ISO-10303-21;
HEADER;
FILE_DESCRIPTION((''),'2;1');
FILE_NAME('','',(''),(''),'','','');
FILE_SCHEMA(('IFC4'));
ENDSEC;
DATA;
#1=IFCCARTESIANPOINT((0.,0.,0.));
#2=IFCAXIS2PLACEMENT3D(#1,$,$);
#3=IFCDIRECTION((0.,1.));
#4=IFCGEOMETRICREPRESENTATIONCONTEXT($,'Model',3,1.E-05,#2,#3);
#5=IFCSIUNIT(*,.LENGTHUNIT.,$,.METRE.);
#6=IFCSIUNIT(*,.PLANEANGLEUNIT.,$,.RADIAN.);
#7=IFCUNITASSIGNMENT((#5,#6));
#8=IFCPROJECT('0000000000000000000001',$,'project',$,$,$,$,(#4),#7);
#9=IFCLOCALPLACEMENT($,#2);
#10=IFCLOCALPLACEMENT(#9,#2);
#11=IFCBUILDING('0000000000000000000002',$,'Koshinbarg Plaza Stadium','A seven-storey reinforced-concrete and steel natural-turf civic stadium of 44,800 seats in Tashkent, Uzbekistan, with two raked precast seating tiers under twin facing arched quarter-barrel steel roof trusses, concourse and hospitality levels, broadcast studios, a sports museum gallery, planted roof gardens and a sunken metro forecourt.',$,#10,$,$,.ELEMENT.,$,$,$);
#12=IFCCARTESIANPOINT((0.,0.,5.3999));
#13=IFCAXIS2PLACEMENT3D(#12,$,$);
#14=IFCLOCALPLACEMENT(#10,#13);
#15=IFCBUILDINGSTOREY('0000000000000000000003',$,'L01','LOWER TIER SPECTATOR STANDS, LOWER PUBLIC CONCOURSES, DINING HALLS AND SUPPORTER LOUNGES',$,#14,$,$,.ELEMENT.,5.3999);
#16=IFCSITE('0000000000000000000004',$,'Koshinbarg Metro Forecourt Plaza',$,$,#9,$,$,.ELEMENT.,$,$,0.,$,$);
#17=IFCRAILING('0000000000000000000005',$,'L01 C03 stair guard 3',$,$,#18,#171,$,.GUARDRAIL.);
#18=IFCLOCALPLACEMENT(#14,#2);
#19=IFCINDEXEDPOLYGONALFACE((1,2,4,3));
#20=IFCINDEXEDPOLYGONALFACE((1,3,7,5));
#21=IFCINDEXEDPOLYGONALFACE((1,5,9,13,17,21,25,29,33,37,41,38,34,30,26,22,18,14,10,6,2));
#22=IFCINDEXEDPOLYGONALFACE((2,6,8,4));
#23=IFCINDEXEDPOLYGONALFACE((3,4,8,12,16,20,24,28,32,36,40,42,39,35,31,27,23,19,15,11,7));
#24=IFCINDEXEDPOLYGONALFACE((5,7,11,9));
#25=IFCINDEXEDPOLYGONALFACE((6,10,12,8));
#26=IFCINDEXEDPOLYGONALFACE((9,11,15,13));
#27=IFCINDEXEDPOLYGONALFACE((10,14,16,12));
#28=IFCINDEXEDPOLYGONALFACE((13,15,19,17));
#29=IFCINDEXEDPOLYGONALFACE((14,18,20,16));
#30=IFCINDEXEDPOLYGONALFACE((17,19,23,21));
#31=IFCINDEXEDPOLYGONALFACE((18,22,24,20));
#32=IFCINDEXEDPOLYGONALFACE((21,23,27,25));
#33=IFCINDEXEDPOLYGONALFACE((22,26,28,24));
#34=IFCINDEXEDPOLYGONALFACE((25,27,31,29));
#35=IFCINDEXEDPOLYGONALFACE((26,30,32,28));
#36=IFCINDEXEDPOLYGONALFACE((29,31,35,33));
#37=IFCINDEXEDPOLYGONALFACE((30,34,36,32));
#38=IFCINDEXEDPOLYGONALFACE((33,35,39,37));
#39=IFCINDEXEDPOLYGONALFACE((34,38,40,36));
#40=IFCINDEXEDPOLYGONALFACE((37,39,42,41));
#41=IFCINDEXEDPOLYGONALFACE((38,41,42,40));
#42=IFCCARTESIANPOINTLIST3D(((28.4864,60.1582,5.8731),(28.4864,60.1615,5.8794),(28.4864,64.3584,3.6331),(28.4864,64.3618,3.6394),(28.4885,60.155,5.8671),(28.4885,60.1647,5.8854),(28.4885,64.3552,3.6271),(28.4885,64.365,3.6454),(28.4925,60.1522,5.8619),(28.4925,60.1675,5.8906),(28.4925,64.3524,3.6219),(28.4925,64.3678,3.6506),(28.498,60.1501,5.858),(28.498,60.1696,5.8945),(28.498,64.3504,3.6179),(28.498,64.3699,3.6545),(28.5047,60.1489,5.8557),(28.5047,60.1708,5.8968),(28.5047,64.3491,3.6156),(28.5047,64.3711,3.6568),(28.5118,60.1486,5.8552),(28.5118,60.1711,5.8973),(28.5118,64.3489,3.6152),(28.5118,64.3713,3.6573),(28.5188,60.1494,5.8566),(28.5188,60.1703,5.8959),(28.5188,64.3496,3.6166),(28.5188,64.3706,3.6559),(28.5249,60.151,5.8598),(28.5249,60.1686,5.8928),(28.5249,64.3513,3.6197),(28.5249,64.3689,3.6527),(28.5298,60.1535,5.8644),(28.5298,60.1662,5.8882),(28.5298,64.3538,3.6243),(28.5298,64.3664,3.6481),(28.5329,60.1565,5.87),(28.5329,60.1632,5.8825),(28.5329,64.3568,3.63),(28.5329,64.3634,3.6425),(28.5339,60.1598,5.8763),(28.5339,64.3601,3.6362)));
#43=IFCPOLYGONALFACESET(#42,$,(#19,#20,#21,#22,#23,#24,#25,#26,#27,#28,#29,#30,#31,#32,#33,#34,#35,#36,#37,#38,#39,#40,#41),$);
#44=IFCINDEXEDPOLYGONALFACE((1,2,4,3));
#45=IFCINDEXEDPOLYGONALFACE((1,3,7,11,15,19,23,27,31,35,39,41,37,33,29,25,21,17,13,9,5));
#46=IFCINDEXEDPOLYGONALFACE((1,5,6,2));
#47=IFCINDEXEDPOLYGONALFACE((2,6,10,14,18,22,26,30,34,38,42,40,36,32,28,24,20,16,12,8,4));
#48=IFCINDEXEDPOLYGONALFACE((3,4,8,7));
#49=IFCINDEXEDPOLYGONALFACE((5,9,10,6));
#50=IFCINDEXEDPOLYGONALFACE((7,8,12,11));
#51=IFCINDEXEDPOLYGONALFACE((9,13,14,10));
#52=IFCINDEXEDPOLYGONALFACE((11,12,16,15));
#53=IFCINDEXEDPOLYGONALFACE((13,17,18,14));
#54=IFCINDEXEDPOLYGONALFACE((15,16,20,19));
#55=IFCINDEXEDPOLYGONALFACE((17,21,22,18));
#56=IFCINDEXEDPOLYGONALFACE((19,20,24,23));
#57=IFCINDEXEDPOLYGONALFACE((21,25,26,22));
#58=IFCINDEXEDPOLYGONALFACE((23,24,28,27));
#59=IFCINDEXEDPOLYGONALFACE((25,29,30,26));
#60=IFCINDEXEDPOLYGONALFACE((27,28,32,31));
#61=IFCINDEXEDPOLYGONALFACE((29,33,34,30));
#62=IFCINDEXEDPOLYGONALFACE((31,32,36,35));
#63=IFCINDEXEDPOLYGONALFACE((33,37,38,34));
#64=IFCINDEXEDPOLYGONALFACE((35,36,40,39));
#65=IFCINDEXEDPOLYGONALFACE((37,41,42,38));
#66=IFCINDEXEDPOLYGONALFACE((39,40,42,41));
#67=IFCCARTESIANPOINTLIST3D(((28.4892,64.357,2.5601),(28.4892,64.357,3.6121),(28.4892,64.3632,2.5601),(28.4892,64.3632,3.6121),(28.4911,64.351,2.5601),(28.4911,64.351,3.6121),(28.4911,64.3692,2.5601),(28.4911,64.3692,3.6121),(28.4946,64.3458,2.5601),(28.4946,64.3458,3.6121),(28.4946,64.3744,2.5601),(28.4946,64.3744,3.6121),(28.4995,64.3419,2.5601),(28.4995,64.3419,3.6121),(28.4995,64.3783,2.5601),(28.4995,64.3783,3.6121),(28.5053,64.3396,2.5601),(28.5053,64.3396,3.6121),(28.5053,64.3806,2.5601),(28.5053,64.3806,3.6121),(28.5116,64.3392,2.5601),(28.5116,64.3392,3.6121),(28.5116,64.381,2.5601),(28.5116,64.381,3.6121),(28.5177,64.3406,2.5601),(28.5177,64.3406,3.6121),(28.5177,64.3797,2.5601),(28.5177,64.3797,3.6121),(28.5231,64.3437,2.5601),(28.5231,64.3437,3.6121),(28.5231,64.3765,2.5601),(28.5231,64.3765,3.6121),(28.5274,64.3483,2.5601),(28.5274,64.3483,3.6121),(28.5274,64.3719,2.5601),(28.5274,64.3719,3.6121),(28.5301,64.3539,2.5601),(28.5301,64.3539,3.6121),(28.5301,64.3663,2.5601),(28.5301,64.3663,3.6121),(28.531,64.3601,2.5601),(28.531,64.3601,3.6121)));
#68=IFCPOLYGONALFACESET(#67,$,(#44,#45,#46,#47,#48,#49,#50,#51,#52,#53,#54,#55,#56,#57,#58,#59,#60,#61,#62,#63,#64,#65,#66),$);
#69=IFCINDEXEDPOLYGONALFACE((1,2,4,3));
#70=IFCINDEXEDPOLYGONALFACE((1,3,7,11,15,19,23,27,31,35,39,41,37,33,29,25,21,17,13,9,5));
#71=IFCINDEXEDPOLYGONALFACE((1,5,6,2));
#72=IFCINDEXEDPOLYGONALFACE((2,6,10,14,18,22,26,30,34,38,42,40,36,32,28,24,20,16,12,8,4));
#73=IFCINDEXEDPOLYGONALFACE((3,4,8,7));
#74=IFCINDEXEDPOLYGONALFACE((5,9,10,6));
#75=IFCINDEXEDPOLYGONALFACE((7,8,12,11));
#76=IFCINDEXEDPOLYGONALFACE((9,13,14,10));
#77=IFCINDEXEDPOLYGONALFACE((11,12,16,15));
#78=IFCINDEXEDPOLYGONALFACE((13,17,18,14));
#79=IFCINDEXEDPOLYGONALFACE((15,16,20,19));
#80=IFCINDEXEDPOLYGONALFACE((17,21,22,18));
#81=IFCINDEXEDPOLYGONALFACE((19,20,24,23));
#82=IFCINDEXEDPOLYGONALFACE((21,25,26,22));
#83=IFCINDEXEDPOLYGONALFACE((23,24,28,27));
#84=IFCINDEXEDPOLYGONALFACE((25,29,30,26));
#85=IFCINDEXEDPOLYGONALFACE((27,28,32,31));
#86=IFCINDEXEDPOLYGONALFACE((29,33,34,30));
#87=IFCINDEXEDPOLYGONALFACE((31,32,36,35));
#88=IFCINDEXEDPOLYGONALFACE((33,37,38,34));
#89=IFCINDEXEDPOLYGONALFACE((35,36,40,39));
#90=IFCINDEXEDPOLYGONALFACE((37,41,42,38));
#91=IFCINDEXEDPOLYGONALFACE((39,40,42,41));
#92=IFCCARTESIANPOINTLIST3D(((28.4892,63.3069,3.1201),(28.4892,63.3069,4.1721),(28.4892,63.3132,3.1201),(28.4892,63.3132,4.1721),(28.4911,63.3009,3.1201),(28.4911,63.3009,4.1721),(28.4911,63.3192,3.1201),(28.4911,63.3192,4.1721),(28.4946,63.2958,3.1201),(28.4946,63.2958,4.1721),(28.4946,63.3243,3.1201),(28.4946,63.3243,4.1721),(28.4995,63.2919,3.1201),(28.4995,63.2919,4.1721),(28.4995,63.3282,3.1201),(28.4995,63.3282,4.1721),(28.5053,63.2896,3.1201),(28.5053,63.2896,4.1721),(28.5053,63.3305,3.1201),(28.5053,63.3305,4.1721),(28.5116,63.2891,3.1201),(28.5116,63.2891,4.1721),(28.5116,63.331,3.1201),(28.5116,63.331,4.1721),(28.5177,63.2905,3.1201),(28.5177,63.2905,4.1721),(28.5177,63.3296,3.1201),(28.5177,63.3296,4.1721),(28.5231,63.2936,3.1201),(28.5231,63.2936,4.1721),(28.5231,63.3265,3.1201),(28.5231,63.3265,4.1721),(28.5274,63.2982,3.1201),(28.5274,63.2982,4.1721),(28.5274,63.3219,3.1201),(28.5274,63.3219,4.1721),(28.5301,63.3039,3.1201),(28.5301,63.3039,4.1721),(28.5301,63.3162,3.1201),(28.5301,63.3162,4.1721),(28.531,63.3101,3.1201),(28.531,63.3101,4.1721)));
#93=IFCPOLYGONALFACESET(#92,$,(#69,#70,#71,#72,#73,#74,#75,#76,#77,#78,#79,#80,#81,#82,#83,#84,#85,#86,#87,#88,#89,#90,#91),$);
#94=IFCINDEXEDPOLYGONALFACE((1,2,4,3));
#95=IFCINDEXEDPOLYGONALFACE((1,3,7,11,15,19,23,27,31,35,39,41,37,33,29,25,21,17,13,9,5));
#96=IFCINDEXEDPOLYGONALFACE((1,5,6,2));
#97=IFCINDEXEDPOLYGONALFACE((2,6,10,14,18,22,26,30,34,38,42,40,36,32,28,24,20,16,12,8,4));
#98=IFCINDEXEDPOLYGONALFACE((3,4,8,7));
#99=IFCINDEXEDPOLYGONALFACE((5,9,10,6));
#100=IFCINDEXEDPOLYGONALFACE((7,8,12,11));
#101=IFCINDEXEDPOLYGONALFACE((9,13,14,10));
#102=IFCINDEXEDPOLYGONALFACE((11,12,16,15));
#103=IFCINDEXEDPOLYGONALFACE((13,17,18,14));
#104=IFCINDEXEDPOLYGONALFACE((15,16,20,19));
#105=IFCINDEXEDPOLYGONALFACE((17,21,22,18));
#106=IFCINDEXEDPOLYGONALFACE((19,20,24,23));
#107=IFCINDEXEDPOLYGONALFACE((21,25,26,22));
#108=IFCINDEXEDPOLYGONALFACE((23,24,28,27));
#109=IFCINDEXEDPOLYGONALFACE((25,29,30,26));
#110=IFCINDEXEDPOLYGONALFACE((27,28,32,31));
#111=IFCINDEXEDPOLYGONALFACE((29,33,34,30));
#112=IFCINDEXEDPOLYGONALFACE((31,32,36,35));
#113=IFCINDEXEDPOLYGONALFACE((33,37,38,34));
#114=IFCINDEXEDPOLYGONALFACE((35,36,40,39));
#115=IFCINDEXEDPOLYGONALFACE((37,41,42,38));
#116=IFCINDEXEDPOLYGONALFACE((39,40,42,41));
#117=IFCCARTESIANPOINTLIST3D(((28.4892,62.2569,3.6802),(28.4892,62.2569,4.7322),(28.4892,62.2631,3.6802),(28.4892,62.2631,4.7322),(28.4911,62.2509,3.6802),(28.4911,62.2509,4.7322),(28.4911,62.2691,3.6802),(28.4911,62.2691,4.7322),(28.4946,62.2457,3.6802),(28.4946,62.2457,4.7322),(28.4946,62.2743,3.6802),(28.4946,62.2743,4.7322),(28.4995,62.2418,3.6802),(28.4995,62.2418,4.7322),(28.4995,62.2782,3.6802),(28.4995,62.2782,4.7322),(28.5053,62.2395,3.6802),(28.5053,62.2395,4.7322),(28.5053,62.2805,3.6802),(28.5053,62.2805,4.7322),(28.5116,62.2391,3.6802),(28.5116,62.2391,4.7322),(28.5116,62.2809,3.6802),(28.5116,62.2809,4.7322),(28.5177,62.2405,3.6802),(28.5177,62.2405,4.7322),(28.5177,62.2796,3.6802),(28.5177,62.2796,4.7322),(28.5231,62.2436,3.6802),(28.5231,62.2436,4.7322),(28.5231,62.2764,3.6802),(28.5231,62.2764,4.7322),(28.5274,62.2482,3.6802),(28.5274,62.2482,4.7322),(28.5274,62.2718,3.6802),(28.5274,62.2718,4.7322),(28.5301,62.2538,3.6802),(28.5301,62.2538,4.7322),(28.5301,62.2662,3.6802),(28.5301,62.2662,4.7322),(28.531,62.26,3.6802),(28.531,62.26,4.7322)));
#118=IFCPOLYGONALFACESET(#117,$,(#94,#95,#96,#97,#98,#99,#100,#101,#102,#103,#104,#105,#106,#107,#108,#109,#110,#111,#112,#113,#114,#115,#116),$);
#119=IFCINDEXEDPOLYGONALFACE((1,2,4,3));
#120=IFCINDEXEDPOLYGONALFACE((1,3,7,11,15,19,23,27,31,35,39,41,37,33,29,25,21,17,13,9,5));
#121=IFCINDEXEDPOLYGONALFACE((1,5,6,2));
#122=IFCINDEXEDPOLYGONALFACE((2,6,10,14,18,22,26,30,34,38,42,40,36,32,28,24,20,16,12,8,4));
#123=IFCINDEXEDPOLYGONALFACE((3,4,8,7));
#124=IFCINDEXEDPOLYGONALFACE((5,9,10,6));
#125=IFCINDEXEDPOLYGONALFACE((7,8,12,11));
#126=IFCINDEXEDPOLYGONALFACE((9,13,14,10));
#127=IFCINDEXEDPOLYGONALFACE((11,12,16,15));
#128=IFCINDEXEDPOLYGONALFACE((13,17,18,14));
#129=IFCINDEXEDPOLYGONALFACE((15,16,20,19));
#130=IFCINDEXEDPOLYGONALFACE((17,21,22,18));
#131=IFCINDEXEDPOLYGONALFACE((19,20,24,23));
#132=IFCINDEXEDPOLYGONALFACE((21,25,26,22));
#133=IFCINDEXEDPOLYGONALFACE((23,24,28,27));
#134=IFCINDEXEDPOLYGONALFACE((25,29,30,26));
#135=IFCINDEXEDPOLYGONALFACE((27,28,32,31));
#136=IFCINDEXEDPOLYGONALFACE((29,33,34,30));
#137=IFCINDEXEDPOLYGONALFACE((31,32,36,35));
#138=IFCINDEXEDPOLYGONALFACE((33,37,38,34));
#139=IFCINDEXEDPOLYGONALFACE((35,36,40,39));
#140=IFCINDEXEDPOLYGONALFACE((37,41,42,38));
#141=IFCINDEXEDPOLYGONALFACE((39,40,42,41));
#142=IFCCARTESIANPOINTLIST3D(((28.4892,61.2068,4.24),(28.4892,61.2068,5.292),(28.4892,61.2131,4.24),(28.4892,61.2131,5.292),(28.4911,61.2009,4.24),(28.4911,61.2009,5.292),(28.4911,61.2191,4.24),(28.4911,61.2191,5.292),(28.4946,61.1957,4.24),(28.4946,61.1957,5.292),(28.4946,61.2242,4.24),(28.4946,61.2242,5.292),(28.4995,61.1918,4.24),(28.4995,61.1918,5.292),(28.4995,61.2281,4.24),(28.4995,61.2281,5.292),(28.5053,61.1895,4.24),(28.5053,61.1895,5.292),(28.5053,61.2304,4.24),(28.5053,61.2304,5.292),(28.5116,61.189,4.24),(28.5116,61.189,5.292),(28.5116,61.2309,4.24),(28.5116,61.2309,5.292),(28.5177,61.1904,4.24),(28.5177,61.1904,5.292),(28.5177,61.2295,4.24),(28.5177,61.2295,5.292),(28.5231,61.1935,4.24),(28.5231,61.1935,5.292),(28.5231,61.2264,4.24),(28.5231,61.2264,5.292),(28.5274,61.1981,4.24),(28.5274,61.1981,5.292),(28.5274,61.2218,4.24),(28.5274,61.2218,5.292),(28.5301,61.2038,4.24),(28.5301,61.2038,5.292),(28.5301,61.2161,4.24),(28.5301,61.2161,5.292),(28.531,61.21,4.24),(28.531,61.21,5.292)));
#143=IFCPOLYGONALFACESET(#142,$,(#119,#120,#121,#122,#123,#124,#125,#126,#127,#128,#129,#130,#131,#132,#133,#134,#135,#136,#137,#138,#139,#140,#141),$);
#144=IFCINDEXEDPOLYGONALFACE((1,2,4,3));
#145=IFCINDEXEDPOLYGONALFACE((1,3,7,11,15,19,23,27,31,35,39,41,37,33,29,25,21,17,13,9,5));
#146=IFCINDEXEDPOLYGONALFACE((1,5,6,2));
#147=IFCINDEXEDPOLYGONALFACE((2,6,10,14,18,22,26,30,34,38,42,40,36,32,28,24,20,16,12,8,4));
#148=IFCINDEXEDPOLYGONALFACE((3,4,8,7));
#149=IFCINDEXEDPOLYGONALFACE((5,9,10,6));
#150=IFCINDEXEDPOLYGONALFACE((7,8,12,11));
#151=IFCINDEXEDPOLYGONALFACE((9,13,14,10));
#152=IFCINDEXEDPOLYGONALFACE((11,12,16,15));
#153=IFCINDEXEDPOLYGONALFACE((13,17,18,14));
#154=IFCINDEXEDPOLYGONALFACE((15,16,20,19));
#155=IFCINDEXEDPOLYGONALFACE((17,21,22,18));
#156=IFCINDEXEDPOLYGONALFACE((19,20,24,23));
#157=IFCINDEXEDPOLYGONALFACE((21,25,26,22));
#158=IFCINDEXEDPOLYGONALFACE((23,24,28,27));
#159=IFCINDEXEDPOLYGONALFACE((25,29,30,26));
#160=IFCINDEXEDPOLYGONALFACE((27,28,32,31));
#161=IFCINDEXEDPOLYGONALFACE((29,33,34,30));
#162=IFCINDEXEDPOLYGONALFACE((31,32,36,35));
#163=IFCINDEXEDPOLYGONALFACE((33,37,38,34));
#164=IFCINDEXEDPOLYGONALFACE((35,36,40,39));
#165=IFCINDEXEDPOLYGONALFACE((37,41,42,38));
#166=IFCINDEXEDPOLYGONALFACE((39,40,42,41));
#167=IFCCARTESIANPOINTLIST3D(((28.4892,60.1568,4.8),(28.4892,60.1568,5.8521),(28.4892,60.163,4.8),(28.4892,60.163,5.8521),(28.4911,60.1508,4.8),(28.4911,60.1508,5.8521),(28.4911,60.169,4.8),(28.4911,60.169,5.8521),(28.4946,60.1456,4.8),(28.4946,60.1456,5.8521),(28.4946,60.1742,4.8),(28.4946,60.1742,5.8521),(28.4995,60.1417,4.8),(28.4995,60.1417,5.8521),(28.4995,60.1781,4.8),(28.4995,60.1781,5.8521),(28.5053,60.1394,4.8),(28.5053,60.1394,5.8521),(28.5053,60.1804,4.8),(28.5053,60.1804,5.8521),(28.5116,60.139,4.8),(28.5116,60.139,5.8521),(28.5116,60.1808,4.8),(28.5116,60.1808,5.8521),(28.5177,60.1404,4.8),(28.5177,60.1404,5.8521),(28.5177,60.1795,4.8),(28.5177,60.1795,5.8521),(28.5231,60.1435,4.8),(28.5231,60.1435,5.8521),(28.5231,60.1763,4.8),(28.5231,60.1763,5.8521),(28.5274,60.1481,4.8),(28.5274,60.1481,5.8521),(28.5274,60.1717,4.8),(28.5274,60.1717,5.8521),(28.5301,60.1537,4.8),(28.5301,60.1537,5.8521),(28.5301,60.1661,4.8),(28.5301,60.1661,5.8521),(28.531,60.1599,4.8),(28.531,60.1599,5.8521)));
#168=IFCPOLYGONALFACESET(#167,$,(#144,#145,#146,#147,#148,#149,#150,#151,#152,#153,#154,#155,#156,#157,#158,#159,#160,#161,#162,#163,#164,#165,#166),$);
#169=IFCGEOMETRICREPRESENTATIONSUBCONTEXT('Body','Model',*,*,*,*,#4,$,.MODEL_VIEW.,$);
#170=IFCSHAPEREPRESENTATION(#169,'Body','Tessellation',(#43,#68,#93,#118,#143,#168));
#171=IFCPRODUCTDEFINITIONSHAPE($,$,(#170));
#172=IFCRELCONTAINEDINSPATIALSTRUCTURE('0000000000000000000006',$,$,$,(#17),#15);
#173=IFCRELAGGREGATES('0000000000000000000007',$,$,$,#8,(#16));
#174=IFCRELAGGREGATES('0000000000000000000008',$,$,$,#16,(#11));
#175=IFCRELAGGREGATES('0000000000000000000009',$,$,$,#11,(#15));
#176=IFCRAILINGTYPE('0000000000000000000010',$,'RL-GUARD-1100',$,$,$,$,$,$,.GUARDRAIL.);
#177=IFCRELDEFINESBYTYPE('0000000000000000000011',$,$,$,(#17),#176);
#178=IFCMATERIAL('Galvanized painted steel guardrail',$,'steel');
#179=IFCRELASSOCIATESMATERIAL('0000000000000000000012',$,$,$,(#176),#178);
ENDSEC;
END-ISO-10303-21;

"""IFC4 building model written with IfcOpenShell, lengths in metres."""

from ifc_helpers import new_model, si_unit, direction, frame, origin, origin_2d, place, context, subcontext, project, spatial, circle, extrude, material, type_object, element, save


model = new_model("IFC4")

# Units and contexts
model_context = context("Model", 3, precision=1e-05, world=origin(), true_north=direction((0.0, 1.0)))
body_context = subcontext(model_context, "Body", "Model", "MODEL_VIEW")
ifc_project = project(units=[si_unit("LENGTHUNIT", "METRE"), si_unit("PLANEANGLEUNIT", "RADIAN")], contexts=[model_context])

# Site, building, storey
site_placement = place(None, origin())
site = spatial("IfcSite", under=ifc_project, at=site_placement, Name="Koshinbarg Metro Forecourt Plaza", CompositionType="ELEMENT", RefElevation=0.0)
building_placement = place(site_placement, origin())
building = spatial("IfcBuilding", under=site, at=building_placement, Name="Koshinbarg Plaza Stadium", Description="A seven-storey reinforced-concrete and steel natural-turf civic stadium of 44,800 seats in Tashkent, Uzbekistan, with two raked precast seating tiers under twin facing arched quarter-barrel steel roof trusses, concourse and hospitality levels, broadcast studios, a sports museum gallery, planted roof gardens and a sunken metro forecourt.", CompositionType="ELEMENT")
storey_placement = place(building_placement, frame((0.0, 0.0, 5.3999)))
storey = spatial("IfcBuildingStorey", under=building, at=storey_placement, Name="L01", Description="LOWER TIER SPECTATOR STANDS, LOWER PUBLIC CONCOURSES, DINING HALLS AND SUPPORTER LOUNGES", CompositionType="ELEMENT", Elevation=5.3999)

# Railing
ifc_material_1 = material(Name="Galvanized painted steel guardrail", Category="steel")
railing_type_1 = type_object("IfcRailingType", Name="RL-GUARD-1100", PredefinedType="GUARDRAIL", material=ifc_material_1)
railing_1_placement = place(storey_placement, frame((28.51, 64.3601, 2.5601)))
element("IfcRailing", 1, at=railing_1_placement, inside=storey, type_object=railing_type_1, Name="L01 C03 stair guard 3", PredefinedType="GUARDRAIL", context=body_context, shape_type="SweptSolid", body=[
    extrude(circle(Radius=0.0239, at=origin_2d()), frame((0.0, 0.0, 1.0762), z_axis=(0.0, -0.882363, 0.47057), x_axis=(1.0, 0.0, 0.0)), (0.0, 0.0, 1.0), 4.7603),
    extrude(circle(Radius=0.021, at=origin_2d()), origin(), (0.0, 0.0, 1.0), 1.052),
    extrude(circle(Radius=0.021, at=origin_2d()), frame((0.0, -1.05, 0.5601)), (0.0, 0.0, 1.0), 1.052),
    extrude(circle(Radius=0.021, at=origin_2d()), frame((0.0, -2.1001, 1.1201)), (0.0, 0.0, 1.0), 1.052),
    extrude(circle(Radius=0.021, at=origin_2d()), frame((0.0, -3.1501, 1.6799)), (0.0, 0.0, 1.0), 1.052),
    extrude(circle(Radius=0.021, at=origin_2d()), frame((0.0, -4.2002, 2.24)), (0.0, 0.0, 1.0), 1.052),
])

save(model, "model.ifc")
